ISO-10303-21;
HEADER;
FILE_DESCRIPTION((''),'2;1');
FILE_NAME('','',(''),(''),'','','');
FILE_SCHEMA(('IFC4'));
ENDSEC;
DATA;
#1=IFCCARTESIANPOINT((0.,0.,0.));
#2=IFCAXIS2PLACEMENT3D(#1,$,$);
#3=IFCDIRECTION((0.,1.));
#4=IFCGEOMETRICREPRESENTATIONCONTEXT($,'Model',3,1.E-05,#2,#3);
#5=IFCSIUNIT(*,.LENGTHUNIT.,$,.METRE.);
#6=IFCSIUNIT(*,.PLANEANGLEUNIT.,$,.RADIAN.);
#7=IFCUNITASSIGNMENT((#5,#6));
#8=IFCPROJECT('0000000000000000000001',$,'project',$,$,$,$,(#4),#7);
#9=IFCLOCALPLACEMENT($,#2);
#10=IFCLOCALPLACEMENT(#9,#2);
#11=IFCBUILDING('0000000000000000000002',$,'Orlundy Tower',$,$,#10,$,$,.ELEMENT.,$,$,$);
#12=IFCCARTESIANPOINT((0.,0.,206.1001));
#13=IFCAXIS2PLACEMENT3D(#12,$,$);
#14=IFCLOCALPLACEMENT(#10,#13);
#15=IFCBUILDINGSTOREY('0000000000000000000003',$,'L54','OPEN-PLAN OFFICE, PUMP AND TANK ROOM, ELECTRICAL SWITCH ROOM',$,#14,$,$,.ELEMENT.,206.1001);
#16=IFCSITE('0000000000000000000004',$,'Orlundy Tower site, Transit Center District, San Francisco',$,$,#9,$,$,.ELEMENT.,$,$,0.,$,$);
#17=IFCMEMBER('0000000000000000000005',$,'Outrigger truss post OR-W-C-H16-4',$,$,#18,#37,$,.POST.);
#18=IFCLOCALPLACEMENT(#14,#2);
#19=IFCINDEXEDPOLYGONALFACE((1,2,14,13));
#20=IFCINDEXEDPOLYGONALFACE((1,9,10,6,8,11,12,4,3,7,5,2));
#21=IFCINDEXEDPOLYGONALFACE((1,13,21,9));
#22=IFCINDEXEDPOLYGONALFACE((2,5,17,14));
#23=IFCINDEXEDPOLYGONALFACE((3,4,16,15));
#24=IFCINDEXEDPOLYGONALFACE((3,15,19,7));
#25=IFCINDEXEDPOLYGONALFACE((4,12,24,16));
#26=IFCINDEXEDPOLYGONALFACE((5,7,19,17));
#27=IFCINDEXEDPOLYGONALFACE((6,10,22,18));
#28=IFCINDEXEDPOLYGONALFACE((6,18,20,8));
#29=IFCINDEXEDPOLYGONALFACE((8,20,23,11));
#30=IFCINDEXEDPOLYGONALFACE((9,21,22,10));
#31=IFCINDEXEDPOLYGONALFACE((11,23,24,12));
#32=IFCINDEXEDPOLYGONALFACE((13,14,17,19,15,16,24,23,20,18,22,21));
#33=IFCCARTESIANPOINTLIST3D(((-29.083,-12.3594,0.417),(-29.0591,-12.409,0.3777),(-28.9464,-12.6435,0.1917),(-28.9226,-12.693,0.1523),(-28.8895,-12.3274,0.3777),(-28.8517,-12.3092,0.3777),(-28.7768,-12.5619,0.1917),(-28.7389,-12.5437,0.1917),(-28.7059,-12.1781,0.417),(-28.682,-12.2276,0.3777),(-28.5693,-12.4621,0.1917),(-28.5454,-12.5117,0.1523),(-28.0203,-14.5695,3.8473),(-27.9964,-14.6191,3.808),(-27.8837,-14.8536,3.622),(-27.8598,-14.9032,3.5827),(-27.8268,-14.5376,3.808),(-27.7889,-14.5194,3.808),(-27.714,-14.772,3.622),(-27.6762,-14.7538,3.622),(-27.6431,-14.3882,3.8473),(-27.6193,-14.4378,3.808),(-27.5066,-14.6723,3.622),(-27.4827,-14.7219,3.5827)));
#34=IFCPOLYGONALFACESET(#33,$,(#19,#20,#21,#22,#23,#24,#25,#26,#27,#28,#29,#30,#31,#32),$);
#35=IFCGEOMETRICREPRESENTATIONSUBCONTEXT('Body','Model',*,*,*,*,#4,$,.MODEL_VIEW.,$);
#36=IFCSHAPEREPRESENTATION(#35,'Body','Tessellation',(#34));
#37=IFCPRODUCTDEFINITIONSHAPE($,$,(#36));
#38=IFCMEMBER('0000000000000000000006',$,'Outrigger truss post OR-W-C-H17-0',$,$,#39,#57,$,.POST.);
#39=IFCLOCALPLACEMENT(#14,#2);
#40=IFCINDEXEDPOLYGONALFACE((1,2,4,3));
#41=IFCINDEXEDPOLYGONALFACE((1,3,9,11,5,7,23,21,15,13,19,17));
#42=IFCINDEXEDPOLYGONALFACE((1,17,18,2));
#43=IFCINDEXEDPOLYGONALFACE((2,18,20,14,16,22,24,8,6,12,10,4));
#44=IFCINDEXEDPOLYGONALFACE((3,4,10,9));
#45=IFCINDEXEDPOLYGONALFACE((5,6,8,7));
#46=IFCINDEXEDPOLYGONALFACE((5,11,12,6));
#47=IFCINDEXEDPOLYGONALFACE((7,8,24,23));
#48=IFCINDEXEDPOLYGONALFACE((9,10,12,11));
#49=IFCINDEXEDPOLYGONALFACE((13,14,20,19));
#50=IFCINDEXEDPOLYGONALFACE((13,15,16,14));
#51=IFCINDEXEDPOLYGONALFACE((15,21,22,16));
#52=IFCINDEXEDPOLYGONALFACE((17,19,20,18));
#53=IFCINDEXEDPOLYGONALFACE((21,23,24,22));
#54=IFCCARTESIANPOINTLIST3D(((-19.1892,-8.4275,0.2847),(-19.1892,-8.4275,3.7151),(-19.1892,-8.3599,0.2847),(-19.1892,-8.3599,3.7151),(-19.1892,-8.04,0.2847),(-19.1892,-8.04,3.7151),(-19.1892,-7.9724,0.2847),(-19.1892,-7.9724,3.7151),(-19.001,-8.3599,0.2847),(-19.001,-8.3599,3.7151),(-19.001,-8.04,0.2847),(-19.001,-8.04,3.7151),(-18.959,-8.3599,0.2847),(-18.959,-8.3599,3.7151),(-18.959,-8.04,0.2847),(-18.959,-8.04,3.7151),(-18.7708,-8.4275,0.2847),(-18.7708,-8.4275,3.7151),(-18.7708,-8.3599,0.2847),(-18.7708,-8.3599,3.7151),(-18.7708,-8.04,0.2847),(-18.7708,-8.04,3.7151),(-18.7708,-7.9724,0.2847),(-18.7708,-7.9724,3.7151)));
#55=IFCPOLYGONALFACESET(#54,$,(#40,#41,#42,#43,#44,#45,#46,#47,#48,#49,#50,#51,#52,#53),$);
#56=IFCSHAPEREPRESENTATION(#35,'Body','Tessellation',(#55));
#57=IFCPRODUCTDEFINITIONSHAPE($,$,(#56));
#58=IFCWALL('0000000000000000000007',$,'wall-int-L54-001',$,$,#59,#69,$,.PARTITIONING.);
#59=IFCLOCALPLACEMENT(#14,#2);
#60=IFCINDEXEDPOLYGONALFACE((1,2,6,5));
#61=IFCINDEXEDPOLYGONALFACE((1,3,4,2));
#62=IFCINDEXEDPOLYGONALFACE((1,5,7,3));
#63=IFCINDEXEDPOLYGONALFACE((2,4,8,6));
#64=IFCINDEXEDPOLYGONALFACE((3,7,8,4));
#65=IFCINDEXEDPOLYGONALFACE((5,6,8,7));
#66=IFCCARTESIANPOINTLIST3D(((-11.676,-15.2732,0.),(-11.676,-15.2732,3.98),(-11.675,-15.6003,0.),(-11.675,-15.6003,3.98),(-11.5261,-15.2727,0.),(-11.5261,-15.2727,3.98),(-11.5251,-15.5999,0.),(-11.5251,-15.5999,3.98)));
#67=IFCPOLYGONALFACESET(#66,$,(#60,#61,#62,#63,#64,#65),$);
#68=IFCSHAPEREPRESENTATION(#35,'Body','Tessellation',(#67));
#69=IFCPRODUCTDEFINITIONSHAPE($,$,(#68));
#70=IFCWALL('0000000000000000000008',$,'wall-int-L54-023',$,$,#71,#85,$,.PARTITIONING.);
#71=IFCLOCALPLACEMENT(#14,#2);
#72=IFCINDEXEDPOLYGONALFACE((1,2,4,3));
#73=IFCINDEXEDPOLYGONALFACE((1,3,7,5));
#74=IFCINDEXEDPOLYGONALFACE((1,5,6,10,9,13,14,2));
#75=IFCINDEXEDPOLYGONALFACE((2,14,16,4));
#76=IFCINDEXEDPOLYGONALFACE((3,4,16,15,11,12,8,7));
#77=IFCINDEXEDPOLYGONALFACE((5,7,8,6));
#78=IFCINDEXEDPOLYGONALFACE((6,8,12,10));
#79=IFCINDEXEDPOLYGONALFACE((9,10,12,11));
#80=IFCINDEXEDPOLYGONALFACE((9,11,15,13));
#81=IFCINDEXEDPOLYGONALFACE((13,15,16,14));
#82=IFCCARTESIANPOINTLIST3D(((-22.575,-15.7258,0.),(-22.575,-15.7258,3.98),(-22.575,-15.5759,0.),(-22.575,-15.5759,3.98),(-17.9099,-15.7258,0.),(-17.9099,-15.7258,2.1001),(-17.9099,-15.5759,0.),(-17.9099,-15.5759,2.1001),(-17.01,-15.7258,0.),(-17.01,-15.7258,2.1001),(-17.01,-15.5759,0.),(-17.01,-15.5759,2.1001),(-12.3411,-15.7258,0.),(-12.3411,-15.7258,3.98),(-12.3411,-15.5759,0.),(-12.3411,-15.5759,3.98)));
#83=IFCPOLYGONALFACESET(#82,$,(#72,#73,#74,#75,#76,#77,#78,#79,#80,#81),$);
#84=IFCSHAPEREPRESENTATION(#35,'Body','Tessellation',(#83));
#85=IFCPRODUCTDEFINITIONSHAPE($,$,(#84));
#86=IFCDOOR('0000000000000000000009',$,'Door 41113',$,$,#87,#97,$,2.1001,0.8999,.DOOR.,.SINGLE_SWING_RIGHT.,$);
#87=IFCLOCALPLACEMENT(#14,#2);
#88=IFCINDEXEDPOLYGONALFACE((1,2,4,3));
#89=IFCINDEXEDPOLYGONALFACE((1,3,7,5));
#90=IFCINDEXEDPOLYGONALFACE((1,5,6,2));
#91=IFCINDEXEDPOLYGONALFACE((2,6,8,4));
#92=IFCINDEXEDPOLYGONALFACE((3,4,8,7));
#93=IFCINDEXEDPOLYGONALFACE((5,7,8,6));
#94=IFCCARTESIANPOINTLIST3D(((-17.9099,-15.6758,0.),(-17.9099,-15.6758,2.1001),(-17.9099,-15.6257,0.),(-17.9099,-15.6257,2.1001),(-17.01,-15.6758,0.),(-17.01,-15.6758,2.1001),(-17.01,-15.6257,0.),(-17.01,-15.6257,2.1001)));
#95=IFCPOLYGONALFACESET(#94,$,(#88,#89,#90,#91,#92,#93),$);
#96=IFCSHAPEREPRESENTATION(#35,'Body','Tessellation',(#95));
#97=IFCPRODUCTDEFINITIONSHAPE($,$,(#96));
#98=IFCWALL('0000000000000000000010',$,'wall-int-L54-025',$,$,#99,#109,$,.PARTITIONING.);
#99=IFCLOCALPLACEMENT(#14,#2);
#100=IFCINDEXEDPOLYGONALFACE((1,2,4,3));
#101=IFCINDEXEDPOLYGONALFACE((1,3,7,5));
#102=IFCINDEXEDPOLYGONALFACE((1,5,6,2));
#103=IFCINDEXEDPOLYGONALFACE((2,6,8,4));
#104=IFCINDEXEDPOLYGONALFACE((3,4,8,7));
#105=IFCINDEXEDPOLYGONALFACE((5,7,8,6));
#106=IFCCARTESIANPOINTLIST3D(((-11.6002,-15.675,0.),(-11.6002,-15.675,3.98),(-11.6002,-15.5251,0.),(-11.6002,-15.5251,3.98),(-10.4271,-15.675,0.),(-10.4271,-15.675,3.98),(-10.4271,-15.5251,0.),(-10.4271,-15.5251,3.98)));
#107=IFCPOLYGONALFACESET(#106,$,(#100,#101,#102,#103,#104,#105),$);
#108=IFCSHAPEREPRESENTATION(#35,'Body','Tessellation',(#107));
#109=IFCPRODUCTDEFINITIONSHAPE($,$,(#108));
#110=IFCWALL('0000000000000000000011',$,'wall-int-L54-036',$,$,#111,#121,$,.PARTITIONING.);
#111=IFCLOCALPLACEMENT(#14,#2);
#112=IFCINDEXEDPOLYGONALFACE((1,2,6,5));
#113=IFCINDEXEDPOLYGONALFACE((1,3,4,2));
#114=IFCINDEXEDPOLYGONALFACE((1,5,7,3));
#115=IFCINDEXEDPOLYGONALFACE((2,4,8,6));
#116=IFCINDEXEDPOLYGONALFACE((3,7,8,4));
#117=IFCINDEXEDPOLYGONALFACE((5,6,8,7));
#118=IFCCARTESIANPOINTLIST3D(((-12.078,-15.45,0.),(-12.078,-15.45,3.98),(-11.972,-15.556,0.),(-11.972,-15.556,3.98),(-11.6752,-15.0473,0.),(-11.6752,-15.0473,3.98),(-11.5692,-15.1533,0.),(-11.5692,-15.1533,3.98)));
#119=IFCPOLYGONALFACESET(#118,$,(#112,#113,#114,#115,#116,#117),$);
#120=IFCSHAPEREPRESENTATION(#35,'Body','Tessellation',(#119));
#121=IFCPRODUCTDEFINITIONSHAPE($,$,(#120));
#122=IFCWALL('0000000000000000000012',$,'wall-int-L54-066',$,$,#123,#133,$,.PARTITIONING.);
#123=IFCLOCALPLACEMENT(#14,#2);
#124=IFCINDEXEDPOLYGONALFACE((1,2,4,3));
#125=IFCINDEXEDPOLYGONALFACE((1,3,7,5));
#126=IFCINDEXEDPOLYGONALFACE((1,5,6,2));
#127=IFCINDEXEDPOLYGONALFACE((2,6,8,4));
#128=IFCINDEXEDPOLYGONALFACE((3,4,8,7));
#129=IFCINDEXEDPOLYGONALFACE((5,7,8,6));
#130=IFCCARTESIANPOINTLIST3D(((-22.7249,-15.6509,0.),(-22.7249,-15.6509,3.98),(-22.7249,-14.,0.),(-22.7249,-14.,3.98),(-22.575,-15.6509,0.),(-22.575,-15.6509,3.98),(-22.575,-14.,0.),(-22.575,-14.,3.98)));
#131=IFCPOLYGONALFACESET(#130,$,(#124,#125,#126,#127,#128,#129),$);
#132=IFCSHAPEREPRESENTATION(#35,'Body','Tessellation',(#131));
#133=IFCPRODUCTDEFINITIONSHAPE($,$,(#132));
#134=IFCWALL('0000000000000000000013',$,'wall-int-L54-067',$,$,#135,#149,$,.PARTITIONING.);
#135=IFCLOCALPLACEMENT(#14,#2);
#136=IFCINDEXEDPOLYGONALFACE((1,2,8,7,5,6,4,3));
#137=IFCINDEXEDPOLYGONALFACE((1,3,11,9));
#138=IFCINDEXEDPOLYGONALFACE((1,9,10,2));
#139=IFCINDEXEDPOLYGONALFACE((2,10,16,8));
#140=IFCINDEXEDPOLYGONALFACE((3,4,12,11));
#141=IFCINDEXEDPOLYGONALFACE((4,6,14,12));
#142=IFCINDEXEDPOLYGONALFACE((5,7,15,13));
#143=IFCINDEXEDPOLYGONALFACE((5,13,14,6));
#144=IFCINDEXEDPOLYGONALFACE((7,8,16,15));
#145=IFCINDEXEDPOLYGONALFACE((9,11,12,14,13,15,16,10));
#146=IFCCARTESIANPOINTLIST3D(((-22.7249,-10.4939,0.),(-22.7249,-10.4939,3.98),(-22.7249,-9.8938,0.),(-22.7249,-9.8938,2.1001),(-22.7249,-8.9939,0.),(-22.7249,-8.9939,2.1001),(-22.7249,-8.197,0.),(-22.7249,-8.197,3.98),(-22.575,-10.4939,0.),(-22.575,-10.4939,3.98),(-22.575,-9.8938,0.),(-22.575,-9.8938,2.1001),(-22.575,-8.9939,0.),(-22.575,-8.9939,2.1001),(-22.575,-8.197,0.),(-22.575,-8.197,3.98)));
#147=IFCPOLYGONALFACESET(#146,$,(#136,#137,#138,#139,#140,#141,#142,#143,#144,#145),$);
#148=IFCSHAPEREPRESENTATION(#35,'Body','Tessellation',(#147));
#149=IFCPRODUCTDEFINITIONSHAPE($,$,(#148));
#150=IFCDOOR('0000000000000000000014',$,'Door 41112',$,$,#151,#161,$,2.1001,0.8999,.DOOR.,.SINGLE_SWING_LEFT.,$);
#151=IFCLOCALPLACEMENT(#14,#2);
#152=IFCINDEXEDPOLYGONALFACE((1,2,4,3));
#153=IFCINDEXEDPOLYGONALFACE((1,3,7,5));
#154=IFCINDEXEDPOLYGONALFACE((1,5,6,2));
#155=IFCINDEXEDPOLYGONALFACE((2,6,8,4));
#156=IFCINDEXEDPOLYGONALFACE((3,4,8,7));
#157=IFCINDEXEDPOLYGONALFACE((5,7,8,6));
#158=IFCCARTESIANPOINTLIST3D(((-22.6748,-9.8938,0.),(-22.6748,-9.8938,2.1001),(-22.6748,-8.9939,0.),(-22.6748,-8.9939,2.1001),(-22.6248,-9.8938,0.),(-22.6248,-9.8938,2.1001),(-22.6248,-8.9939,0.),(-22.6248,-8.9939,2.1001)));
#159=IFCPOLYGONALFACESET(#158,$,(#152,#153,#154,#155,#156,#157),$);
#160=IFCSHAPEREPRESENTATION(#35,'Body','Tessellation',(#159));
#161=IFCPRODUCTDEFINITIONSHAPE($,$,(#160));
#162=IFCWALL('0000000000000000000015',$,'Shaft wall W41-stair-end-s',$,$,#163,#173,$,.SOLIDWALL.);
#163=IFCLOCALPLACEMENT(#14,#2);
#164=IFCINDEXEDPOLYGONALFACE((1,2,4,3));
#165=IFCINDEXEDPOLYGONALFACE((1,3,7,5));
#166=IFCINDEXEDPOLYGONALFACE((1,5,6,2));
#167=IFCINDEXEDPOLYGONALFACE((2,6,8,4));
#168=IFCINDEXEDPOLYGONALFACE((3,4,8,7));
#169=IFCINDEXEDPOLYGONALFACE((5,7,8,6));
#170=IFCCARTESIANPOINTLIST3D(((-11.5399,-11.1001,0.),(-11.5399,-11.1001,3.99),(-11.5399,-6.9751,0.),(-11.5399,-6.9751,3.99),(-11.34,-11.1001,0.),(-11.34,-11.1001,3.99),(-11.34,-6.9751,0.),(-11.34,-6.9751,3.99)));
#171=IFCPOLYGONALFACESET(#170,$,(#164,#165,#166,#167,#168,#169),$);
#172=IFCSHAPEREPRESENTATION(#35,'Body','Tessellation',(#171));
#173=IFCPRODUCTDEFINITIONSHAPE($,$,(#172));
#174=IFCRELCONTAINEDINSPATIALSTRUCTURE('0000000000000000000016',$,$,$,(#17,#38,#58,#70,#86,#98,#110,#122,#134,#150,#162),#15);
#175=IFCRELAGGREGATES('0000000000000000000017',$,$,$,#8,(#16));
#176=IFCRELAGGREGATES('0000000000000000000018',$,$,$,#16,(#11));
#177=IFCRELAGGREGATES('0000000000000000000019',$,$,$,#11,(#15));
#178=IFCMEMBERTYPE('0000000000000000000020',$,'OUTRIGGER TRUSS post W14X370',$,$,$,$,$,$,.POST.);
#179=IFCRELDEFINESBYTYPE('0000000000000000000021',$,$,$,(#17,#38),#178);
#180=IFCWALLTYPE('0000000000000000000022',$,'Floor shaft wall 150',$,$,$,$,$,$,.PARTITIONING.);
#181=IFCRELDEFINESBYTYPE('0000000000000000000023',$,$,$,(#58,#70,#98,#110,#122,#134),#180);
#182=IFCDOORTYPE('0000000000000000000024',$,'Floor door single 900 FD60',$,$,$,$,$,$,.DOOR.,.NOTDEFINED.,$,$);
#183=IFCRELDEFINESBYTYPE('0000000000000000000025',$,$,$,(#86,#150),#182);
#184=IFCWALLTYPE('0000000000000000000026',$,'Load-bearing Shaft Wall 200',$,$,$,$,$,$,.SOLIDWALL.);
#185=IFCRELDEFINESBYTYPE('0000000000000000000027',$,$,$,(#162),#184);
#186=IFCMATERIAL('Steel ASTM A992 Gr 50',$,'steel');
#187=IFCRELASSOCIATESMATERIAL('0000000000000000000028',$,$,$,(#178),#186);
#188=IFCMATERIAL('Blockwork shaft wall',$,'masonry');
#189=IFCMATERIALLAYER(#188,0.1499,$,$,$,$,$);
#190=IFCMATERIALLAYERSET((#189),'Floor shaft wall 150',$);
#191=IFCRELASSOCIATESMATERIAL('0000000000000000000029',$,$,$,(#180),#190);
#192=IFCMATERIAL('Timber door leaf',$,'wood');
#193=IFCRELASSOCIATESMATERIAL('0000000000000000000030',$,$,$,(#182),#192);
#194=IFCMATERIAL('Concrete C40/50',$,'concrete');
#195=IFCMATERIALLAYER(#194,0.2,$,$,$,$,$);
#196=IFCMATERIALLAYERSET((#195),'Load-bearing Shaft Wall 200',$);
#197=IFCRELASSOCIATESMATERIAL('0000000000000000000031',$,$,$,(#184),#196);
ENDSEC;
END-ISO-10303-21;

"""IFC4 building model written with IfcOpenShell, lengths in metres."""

from ifc_helpers import new_model, si_unit, direction, frame, frame_2d, origin, origin_2d, place, context, subcontext, project, spatial, rectangle, i_section, extrude, material, layer, layer_set, material_profile, profile_set, type_object, element, fill, save


model = new_model("IFC4")

# Units and contexts
model_context = context("Model", 3, precision=1e-05, world=origin(), true_north=direction((0.0, 1.0)))
body_context = subcontext(model_context, "Body", "Model", "MODEL_VIEW")
ifc_project = project(units=[si_unit("LENGTHUNIT", "METRE"), si_unit("PLANEANGLEUNIT", "RADIAN")], contexts=[model_context])

# Site, building, storey
site_placement = place(None, origin())
site = spatial("IfcSite", under=ifc_project, at=site_placement, Name="Orlundy Tower site, Transit Center District, San Francisco", CompositionType="ELEMENT", RefElevation=0.0)
building_placement = place(site_placement, origin())
building = spatial("IfcBuilding", under=site, at=building_placement, Name="Orlundy Tower", CompositionType="ELEMENT")
storey_placement = place(building_placement, frame((0.0, 0.0, 206.1001)))
storey = spatial("IfcBuildingStorey", under=building, at=storey_placement, Name="L54", Description="OPEN-PLAN OFFICE, PUMP AND TANK ROOM, ELECTRICAL SWITCH ROOM", CompositionType="ELEMENT", Elevation=206.1001)

# Members
ifc_material_1 = material(Name="Steel ASTM A992 Gr 50", Category="steel")
ifc_material_profile_1 = material_profile(ifc_material_1, i_section(OverallWidth=0.4185, OverallDepth=0.4551, WebThickness=0.042, FlangeThickness=0.0676, at=origin_2d()), Name="W14X370")
ifc_profile_set_1 = profile_set([ifc_material_profile_1], Name="Steel ASTM A992 Gr 50")
member_type_1 = type_object("IfcMemberType", Name="OUTRIGGER TRUSS post W14X370", PredefinedType="POST", material=ifc_profile_set_1)
member_1_placement = place(storey_placement, frame((-28.8142, -12.4355, 0.2847), z_axis=(0.25202, -0.524131, 0.813494), x_axis=(0.901229, 0.433343, 0.0)))
element("IfcMember", 1, at=member_1_placement, inside=storey, type_object=member_type_1, Name="Outrigger truss post OR-W-C-H16-4", PredefinedType="POST", context=body_context, shape_type="SweptSolid", body=[
    extrude(i_section(OverallWidth=0.4185, OverallDepth=0.4551, WebThickness=0.042, FlangeThickness=0.0676, at=origin_2d()), origin(), (0.0, 0.0, 1.0), 4.2168),
])
member_2_placement = place(storey_placement, frame((-18.98, -8.2, 0.2847), z_axis=(0.0, 0.0, 1.0), x_axis=(1.0, 0.0, 0.0)))
element("IfcMember", 2, at=member_2_placement, inside=storey, type_object=member_type_1, Name="Outrigger truss post OR-W-C-H17-0", PredefinedType="POST", context=body_context, shape_type="SweptSolid", body=[
    extrude(i_section(OverallWidth=0.4185, OverallDepth=0.4551, WebThickness=0.042, FlangeThickness=0.0676, at=origin_2d()), origin(), (0.0, 0.0, 1.0), 3.4304),
])

# Wall
ifc_material_2 = material(Name="Blockwork shaft wall", Category="masonry")
ifc_layer_1 = layer(ifc_material_2, 0.1499)
ifc_layer_set_1 = layer_set([ifc_layer_1], Name="Floor shaft wall 150")
wall_type_1 = type_object("IfcWallType", Name="Floor shaft wall 150", PredefinedType="PARTITIONING", material=ifc_layer_set_1)
wall_1_placement = place(storey_placement, frame((-11.6011, -15.2729, 0.0), z_axis=(0.0, 0.0, 1.0), x_axis=(0.002985, -0.999996, 0.0)))
element("IfcWall", 3, at=wall_1_placement, inside=storey, type_object=wall_type_1, Name="wall-int-L54-001", PredefinedType="PARTITIONING", context=body_context, shape_type="SweptSolid", body=[
    extrude(rectangle(XDim=0.3271, YDim=0.1499, at=frame_2d((0.1636, 0.0))), origin(), (0.0, 0.0, 1.0), 3.98),
])

# Wall, opening, door
wall_2_placement = place(storey_placement, frame((-12.3411, -15.6509, 0.0), z_axis=(0.0, 0.0, 1.0), x_axis=(-1.0, 0.0, 0.0)))
wall_2 = element("IfcWall", 4, at=wall_2_placement, inside=storey, type_object=wall_type_1, Name="wall-int-L54-023", PredefinedType="PARTITIONING", context=body_context, shape_type="SweptSolid", body=[
    extrude(rectangle(XDim=10.2339, YDim=0.1499, at=frame_2d((5.1169, 0.0))), origin(), (0.0, 0.0, 1.0), 3.98),
])
opening_1_placement = place(wall_2_placement, frame((4.6689, 0.0, 0.0)))
opening_1 = element("IfcOpeningElement", 5, at=opening_1_placement, cuts=wall_2, PredefinedType="OPENING", context=body_context, shape_type="SweptSolid", body=[
    extrude(rectangle(XDim=0.8999, YDim=2.1001, at=frame_2d((0.45, 1.05))), frame((0.0, 0.085, 0.0), z_axis=(0.0, -1.0, 0.0), x_axis=(1.0, 0.0, 0.0)), (0.0, 0.0, 1.0), 0.1699),
])
ifc_material_3 = material(Name="Timber door leaf", Category="wood")
door_type = type_object("IfcDoorType", Name="Floor door single 900 FD60", OperationType="NOTDEFINED", PredefinedType="DOOR", material=ifc_material_3)
door_1_placement = place(opening_1_placement, origin())
door_1 = element("IfcDoor", 6, at=door_1_placement, inside=storey, type_object=door_type, Name="Door 41113", OperationType="SINGLE_SWING_RIGHT", OverallHeight=2.1001, OverallWidth=0.8999, PredefinedType="DOOR", context=body_context, shape_type="SweptSolid", body=[
    extrude(rectangle(XDim=0.8999, YDim=2.1001, at=frame_2d((0.45, 1.05))), frame((0.0, 0.0249, 0.0), z_axis=(0.0, -1.0, 0.0), x_axis=(1.0, 0.0, 0.0)), (0.0, 0.0, 1.0), 0.05),
])
fill(opening_1, door_1)

# Walls
wall_3_placement = place(storey_placement, frame((-11.6001, -15.6001, 0.0), z_axis=(0.0, 0.0, 1.0), x_axis=(1.0, 0.0, 0.0)))
element("IfcWall", 7, at=wall_3_placement, inside=storey, type_object=wall_type_1, Name="wall-int-L54-025", PredefinedType="PARTITIONING", context=body_context, shape_type="SweptSolid", body=[
    extrude(rectangle(XDim=1.1731, YDim=0.1499, at=frame_2d((0.5864, 0.0))), origin(), (0.0, 0.0, 1.0), 3.98),
])
wall_4_placement = place(storey_placement, frame((-12.0249, -15.5029, 0.0), z_axis=(0.0, 0.0, 1.0), x_axis=(0.707107, 0.707107, 0.0)))
element("IfcWall", 8, at=wall_4_placement, inside=storey, type_object=wall_type_1, Name="wall-int-L54-036", PredefinedType="PARTITIONING", context=body_context, shape_type="SweptSolid", body=[
    extrude(rectangle(XDim=0.5696, YDim=0.1499, at=frame_2d((0.2847, 0.0))), origin(), (0.0, 0.0, 1.0), 3.98),
])
wall_5_placement = place(storey_placement, frame((-22.6499, -15.6509, 0.0), z_axis=(0.0, 0.0, 1.0), x_axis=(0.0, 1.0, 0.0)))
element("IfcWall", 9, at=wall_5_placement, inside=storey, type_object=wall_type_1, Name="wall-int-L54-066", PredefinedType="PARTITIONING", context=body_context, shape_type="SweptSolid", body=[
    extrude(rectangle(XDim=1.6509, YDim=0.1499, at=frame_2d((0.8254, 0.0))), origin(), (0.0, 0.0, 1.0), 3.98),
])

# Wall, opening, door
wall_6_placement = place(storey_placement, frame((-22.6499, -10.4939, 0.0), z_axis=(0.0, 0.0, 1.0), x_axis=(0.0, 1.0, 0.0)))
wall_6 = element("IfcWall", 10, at=wall_6_placement, inside=storey, type_object=wall_type_1, Name="wall-int-L54-067", PredefinedType="PARTITIONING", context=body_context, shape_type="SweptSolid", body=[
    extrude(rectangle(XDim=2.2969, YDim=0.1499, at=frame_2d((1.1484, 0.0))), origin(), (0.0, 0.0, 1.0), 3.98),
])
opening_2_placement = place(wall_6_placement, frame((0.6001, 0.0, 0.0)))
opening_2 = element("IfcOpeningElement", 11, at=opening_2_placement, cuts=wall_6, PredefinedType="OPENING", context=body_context, shape_type="SweptSolid", body=[
    extrude(rectangle(XDim=0.8999, YDim=2.1001, at=frame_2d((0.45, 1.05))), frame((0.0, 0.085, 0.0), z_axis=(0.0, -1.0, 0.0), x_axis=(1.0, 0.0, 0.0)), (0.0, 0.0, 1.0), 0.1699),
])
door_2_placement = place(opening_2_placement, origin())
door_2 = element("IfcDoor", 12, at=door_2_placement, inside=storey, type_object=door_type, Name="Door 41112", OperationType="SINGLE_SWING_LEFT", OverallHeight=2.1001, OverallWidth=0.8999, PredefinedType="DOOR", context=body_context, shape_type="SweptSolid", body=[
    extrude(rectangle(XDim=0.8999, YDim=2.1001, at=frame_2d((0.45, 1.05))), frame((0.0, 0.0249, 0.0), z_axis=(0.0, -1.0, 0.0), x_axis=(1.0, 0.0, 0.0)), (0.0, 0.0, 1.0), 0.05),
])
fill(opening_2, door_2)

# Wall
ifc_material_4 = material(Name="Concrete C40/50", Category="concrete")
ifc_layer_2 = layer(ifc_material_4, 0.2)
ifc_layer_set_2 = layer_set([ifc_layer_2], Name="Load-bearing Shaft Wall 200")
wall_type_2 = type_object("IfcWallType", Name="Load-bearing Shaft Wall 200", PredefinedType="SOLIDWALL", material=ifc_layer_set_2)
wall_7_placement = place(storey_placement, frame((-11.4399, -11.1001, 0.0), z_axis=(0.0, 0.0, 1.0), x_axis=(0.0, 1.0, 0.0)))
element("IfcWall", 13, at=wall_7_placement, inside=storey, type_object=wall_type_2, Name="Shaft wall W41-stair-end-s", PredefinedType="SOLIDWALL", context=body_context, shape_type="SweptSolid", body=[
    extrude(rectangle(XDim=4.125, YDim=0.2, at=frame_2d((2.0625, 0.0))), origin(), (0.0, 0.0, 1.0), 3.99),
])

save(model, "model.ifc")
